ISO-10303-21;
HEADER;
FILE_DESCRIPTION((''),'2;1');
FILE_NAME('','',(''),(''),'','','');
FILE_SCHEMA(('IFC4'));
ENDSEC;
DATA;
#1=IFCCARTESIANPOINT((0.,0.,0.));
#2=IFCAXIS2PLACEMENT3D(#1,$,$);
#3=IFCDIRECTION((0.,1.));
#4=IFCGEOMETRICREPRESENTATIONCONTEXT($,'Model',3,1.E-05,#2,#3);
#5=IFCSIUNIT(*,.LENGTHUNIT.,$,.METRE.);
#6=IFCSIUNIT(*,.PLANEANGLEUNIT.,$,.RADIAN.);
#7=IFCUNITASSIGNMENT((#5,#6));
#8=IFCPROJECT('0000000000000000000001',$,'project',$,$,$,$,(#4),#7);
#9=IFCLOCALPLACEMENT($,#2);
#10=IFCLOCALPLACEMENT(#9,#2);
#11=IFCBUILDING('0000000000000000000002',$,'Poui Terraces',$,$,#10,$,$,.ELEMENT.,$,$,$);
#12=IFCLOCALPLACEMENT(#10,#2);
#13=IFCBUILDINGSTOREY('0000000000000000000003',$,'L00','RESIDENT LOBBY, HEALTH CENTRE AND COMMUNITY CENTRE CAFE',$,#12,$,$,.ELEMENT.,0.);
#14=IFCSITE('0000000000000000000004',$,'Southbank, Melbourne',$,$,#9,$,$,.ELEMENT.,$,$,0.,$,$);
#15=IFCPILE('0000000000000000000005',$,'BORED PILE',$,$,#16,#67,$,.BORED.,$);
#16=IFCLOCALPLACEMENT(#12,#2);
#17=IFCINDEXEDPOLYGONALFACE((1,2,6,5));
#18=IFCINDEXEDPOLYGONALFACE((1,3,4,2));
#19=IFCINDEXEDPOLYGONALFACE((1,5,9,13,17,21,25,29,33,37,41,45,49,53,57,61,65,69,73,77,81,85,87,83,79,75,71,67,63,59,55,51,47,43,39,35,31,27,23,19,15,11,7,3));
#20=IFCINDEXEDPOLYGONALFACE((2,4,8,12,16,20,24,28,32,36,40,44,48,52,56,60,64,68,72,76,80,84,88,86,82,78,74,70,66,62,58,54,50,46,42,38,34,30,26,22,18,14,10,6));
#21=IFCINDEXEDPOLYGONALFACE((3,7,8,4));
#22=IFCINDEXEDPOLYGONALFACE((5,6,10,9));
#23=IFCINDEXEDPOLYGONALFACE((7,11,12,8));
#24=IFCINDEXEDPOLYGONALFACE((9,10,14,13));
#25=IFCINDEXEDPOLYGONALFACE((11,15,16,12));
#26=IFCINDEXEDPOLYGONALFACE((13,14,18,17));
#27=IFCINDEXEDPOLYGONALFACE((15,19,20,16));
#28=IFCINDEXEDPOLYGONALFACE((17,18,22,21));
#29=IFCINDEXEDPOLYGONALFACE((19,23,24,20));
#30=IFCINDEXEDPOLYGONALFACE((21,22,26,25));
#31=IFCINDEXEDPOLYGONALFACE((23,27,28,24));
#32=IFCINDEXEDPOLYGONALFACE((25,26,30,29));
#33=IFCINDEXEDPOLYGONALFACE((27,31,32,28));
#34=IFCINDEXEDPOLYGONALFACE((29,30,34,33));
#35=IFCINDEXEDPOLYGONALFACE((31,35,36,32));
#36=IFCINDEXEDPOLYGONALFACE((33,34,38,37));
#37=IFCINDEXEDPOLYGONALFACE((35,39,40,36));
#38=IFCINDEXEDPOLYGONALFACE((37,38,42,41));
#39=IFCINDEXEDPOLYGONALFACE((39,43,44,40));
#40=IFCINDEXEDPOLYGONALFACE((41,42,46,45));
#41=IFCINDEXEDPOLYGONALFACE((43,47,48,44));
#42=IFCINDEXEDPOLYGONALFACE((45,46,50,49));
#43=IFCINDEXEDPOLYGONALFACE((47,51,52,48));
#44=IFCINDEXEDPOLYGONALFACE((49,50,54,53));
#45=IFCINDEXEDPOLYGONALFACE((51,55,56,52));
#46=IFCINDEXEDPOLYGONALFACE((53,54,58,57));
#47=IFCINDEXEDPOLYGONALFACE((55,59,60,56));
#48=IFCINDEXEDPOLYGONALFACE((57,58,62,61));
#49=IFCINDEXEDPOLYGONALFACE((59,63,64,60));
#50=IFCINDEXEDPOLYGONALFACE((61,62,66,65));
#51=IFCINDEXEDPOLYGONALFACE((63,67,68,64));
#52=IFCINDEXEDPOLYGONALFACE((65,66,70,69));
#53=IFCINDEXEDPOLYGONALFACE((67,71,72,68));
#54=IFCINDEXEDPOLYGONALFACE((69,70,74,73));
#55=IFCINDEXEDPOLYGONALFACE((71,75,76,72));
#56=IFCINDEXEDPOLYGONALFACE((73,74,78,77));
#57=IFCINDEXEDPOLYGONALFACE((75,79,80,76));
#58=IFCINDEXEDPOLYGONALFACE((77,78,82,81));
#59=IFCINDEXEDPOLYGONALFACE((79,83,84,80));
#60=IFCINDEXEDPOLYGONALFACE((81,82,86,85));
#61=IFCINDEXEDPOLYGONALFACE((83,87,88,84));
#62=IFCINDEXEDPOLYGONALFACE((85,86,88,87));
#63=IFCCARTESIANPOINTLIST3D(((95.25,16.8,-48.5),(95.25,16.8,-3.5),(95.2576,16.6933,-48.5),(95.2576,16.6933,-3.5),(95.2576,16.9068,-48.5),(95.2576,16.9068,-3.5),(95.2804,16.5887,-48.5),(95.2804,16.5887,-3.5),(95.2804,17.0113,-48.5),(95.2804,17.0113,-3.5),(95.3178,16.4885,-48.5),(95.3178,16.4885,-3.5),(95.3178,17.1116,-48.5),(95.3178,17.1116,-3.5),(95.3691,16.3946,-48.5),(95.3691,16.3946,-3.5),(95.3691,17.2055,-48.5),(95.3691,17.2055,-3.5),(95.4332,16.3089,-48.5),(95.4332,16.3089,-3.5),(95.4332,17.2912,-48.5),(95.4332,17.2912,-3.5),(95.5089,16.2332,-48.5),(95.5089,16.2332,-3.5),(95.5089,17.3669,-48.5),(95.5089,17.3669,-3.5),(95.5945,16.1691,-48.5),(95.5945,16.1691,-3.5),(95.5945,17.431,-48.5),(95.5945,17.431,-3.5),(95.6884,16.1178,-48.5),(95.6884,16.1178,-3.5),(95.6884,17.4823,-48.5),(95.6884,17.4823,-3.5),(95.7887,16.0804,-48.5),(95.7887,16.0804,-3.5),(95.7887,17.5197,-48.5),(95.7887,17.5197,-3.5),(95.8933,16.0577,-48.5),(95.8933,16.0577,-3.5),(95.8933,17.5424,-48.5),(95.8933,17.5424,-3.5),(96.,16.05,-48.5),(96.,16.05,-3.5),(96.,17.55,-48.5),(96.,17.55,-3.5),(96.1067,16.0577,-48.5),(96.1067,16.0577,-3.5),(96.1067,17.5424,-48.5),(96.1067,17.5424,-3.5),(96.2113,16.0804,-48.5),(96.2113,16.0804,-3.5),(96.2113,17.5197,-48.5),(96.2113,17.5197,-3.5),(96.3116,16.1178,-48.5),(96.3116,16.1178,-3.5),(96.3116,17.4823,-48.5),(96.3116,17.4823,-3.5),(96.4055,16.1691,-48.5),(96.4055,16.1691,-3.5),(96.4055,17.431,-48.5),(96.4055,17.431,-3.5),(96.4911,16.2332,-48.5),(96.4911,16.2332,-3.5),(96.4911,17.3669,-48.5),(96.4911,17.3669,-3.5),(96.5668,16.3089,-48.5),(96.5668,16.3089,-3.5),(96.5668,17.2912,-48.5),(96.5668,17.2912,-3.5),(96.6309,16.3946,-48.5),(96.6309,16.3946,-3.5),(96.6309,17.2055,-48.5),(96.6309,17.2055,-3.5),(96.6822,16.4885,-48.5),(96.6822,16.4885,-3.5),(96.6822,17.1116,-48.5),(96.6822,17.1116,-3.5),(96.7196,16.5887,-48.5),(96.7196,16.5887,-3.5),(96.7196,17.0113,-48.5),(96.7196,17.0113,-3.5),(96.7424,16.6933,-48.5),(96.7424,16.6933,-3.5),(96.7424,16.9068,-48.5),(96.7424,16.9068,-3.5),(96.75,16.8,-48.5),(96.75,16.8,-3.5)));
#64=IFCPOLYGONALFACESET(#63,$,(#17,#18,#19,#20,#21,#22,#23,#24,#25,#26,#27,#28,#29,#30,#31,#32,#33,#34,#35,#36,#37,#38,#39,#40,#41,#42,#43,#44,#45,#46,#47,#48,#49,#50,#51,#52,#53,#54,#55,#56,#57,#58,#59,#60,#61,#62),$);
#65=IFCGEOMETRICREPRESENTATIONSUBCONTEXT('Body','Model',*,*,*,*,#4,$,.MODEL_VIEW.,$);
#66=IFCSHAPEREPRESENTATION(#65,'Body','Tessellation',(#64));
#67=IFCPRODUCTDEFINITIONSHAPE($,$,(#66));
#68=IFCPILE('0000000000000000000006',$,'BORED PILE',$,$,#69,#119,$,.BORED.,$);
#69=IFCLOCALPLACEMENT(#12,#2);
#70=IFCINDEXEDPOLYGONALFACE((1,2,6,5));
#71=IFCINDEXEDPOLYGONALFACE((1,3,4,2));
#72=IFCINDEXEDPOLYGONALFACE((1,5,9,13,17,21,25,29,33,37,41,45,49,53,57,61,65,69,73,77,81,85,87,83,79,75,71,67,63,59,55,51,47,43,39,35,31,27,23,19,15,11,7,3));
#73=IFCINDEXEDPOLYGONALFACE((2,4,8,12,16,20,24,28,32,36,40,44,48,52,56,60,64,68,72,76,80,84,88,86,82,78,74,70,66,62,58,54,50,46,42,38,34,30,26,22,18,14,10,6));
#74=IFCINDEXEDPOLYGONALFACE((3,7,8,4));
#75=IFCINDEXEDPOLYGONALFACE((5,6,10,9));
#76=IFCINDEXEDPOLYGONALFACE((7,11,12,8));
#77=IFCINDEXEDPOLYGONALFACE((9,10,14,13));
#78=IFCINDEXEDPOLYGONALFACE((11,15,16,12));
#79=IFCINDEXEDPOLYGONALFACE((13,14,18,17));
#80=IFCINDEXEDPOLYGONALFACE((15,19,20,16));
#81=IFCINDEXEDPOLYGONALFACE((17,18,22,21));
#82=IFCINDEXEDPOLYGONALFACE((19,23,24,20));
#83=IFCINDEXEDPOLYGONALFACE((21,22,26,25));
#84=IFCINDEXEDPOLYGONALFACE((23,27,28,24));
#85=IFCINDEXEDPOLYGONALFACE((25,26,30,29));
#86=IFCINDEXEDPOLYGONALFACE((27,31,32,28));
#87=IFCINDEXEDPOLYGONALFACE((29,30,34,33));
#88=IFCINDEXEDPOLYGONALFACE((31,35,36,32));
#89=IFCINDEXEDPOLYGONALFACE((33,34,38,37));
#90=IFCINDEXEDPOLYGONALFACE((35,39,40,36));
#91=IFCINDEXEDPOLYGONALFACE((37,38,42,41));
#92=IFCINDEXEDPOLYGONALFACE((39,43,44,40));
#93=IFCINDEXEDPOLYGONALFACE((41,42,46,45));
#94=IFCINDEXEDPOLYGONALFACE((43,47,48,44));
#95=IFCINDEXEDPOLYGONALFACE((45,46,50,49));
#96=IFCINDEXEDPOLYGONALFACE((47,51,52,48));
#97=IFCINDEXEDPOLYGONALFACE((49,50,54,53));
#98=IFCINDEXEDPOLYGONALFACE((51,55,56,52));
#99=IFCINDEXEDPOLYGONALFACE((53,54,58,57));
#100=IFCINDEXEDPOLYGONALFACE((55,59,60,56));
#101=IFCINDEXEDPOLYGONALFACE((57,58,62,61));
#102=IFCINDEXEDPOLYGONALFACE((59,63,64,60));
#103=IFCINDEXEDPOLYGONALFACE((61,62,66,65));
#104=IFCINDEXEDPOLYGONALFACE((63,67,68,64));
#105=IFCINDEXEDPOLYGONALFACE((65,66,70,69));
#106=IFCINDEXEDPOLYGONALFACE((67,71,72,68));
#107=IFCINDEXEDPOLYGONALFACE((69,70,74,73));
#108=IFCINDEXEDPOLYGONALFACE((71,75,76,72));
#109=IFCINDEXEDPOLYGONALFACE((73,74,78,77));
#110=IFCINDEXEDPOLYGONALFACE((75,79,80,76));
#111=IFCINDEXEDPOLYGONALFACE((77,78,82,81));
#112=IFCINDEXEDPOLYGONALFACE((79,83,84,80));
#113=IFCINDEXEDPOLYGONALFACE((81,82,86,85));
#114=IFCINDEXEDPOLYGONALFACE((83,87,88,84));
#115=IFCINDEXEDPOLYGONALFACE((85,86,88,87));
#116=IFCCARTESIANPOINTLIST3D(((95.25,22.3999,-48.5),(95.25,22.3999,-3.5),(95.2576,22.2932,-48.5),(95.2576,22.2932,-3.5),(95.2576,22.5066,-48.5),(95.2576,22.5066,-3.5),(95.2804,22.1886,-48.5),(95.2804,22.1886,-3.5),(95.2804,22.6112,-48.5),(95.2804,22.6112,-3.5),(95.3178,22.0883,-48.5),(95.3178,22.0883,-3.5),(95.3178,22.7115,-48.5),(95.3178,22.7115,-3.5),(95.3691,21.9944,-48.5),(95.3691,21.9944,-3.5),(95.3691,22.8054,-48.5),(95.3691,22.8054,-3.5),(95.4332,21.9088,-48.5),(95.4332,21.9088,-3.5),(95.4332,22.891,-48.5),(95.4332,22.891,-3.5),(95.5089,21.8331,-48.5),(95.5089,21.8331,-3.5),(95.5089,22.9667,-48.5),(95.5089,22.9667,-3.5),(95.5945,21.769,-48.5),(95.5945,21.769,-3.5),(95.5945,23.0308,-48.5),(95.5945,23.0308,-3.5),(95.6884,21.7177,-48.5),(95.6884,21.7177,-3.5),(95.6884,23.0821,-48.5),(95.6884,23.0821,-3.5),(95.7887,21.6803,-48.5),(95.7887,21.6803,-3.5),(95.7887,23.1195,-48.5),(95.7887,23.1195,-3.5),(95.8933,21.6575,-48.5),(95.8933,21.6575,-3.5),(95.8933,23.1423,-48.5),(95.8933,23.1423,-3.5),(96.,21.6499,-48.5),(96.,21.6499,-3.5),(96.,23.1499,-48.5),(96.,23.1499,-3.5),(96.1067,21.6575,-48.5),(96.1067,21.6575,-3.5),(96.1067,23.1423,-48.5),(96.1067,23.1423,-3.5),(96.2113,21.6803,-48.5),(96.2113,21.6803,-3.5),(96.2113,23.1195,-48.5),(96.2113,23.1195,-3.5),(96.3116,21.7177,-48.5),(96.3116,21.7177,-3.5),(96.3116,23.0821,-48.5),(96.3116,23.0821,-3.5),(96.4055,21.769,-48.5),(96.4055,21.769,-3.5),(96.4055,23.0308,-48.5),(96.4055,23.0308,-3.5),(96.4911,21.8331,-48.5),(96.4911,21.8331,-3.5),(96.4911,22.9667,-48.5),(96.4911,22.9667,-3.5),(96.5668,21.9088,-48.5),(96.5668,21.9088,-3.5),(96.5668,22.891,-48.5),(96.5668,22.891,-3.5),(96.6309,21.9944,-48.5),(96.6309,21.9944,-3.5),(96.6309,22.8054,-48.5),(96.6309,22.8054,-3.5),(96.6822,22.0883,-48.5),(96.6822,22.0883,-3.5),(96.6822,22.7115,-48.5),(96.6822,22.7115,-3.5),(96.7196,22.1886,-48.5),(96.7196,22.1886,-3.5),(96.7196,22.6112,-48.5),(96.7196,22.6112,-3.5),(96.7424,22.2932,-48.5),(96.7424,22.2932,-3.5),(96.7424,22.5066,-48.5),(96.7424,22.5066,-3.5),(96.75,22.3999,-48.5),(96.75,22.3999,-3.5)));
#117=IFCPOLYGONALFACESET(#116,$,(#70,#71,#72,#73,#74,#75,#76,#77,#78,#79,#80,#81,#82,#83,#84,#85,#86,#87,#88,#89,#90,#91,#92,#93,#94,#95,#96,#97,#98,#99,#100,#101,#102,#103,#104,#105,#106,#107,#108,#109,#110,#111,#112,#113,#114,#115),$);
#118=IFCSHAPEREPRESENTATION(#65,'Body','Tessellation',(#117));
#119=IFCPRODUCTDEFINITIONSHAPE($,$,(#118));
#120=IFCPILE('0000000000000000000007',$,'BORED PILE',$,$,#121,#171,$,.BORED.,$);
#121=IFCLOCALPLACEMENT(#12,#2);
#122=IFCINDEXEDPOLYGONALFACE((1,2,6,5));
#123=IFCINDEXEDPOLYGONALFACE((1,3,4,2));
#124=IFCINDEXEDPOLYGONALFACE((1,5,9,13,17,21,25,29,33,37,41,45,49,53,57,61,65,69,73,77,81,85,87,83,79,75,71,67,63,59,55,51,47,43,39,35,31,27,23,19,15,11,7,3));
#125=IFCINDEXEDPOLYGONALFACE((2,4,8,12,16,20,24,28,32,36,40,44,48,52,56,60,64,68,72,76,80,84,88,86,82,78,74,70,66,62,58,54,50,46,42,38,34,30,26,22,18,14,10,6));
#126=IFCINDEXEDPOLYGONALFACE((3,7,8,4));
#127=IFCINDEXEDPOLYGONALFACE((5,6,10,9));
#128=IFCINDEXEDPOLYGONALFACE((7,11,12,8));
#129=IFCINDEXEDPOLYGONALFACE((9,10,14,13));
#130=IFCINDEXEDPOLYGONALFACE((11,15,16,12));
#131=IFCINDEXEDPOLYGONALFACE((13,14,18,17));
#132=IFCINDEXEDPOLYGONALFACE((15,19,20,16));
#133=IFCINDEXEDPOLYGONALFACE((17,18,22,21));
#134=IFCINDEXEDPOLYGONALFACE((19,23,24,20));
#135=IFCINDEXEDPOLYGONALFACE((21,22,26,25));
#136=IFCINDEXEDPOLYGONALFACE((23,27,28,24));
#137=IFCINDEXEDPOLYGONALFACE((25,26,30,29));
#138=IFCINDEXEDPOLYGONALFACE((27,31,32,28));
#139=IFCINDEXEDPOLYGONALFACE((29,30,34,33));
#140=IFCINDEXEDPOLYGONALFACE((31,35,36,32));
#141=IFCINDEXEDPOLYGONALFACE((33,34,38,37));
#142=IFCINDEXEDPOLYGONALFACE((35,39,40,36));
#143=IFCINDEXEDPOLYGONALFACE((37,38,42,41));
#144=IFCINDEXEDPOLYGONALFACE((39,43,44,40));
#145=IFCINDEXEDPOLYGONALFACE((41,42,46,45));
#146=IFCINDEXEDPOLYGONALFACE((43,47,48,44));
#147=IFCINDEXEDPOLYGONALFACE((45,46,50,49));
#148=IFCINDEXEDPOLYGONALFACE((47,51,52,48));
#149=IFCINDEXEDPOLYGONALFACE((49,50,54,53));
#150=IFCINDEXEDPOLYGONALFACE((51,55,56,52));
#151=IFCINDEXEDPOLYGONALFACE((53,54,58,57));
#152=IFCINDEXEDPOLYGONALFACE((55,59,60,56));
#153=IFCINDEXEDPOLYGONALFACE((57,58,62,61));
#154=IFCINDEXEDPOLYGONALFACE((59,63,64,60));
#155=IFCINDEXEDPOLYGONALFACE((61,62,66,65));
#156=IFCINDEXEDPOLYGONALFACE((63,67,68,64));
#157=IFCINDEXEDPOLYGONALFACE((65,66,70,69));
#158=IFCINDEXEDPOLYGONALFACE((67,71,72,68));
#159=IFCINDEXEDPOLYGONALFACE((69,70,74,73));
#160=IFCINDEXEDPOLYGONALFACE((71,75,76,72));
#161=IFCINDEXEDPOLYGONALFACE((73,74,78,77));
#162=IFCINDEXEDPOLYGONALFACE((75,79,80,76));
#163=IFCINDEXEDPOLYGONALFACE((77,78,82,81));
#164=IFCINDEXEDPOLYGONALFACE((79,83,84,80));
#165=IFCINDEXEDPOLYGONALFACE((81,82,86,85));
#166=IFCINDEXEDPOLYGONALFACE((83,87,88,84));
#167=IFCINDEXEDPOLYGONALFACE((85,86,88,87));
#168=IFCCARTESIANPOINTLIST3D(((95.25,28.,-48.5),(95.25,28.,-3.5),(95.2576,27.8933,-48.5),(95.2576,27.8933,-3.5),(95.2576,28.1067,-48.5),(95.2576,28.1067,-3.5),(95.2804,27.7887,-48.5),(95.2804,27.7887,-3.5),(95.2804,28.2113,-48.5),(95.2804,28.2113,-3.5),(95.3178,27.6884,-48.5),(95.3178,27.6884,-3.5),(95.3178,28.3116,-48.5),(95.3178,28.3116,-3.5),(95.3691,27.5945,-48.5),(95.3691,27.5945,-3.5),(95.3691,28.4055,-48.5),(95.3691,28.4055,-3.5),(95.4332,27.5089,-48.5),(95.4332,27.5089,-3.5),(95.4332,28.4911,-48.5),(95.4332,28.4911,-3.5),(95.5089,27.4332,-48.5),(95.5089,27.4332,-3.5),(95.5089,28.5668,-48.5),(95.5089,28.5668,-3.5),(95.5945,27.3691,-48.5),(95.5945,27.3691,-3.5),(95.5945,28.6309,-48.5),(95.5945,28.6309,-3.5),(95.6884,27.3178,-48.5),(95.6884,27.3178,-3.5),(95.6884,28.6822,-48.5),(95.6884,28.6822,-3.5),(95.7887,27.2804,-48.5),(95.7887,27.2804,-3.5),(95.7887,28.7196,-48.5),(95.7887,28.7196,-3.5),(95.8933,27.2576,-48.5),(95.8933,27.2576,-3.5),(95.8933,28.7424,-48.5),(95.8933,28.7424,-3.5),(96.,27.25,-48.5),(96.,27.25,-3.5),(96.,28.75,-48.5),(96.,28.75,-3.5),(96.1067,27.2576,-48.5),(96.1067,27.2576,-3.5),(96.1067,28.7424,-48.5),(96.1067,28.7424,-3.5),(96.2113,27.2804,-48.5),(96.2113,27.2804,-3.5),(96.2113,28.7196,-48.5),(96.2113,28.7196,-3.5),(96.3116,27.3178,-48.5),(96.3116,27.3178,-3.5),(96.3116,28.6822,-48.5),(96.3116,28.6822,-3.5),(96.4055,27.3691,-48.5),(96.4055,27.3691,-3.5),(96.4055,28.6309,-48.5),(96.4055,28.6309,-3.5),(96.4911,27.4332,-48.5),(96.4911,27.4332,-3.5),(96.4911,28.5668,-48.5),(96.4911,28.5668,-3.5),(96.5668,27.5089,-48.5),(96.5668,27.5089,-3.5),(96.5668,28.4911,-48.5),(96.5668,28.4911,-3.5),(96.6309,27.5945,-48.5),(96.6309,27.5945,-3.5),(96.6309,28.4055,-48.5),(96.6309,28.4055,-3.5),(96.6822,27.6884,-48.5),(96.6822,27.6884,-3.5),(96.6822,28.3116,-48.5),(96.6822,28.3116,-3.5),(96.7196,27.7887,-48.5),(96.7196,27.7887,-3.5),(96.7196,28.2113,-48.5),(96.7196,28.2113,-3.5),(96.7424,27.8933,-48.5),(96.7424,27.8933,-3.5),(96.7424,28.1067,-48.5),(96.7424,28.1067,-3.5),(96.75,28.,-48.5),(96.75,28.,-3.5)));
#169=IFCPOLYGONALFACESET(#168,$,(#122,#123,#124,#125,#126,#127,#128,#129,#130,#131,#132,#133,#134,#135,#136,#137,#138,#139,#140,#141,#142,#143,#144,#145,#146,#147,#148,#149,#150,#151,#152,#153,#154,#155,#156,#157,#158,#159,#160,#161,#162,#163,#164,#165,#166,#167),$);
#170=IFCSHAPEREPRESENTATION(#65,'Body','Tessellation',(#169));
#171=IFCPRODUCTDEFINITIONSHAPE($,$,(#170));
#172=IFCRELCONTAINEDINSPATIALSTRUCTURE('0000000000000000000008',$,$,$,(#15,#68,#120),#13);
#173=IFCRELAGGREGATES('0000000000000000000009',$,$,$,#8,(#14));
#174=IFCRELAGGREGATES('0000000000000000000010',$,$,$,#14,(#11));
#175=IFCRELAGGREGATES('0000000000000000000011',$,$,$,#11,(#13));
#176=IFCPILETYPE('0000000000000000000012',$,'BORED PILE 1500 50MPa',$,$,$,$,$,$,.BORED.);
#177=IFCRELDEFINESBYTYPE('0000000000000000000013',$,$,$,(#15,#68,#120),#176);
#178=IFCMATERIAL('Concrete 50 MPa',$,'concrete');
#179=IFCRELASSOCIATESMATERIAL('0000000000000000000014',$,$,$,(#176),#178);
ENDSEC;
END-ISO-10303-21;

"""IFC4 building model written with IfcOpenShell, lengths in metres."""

from ifc_helpers import new_model, si_unit, direction, frame, origin, origin_2d, place, context, subcontext, project, spatial, circle, extrude, material, material_profile, profile_set, type_object, element, save


model = new_model("IFC4")

# Units and contexts
model_context = context("Model", 3, precision=1e-05, world=origin(), true_north=direction((0.0, 1.0)))
body_context = subcontext(model_context, "Body", "Model", "MODEL_VIEW")
ifc_project = project(units=[si_unit("LENGTHUNIT", "METRE"), si_unit("PLANEANGLEUNIT", "RADIAN")], contexts=[model_context])

# Site, building, storey
site_placement = place(None, origin())
site = spatial("IfcSite", under=ifc_project, at=site_placement, Name="Southbank, Melbourne", CompositionType="ELEMENT", RefElevation=0.0)
building_placement = place(site_placement, origin())
building = spatial("IfcBuilding", under=site, at=building_placement, Name="Poui Terraces", CompositionType="ELEMENT")
storey_placement = place(building_placement, origin())
storey = spatial("IfcBuildingStorey", under=building, at=storey_placement, Name="L00", Description="RESIDENT LOBBY, HEALTH CENTRE AND COMMUNITY CENTRE CAFE", CompositionType="ELEMENT", Elevation=0.0)

# Piles
ifc_material_1 = material(Name="Concrete 50 MPa", Category="concrete")
ifc_material_profile_1 = material_profile(ifc_material_1, circle(Radius=0.75, at=origin_2d()), Name="RC D1500")
ifc_profile_set_1 = profile_set([ifc_material_profile_1], Name="Concrete 50 MPa")
pile_type = type_object("IfcPileType", Name="BORED PILE 1500 50MPa", PredefinedType="BORED", material=ifc_profile_set_1)
for number, where, z_axis, x_axis, name in (
    (1, (96.0, 16.8, -3.5), (0.0, 0.0, -1.0), (1.0, 0.0, 0.0), "BORED PILE"),
    (2, (96.0, 22.3999, -3.5), (0.0, 0.0, -1.0), (1.0, 0.0, 0.0), "BORED PILE"),
    (3, (96.0, 28.0, -3.5), (0.0, 0.0, -1.0), (1.0, 0.0, 0.0), "BORED PILE"),
):
    element("IfcPile", number, at=place(storey_placement, frame(where, z_axis=z_axis, x_axis=x_axis)), inside=storey, type_object=pile_type, Name=name, PredefinedType="BORED", context=body_context, shape_type="SweptSolid", body=[
        extrude(circle(Radius=0.75, at=origin_2d()), origin(), (0.0, 0.0, 1.0), 45.0),
    ])

save(model, "model.ifc")
